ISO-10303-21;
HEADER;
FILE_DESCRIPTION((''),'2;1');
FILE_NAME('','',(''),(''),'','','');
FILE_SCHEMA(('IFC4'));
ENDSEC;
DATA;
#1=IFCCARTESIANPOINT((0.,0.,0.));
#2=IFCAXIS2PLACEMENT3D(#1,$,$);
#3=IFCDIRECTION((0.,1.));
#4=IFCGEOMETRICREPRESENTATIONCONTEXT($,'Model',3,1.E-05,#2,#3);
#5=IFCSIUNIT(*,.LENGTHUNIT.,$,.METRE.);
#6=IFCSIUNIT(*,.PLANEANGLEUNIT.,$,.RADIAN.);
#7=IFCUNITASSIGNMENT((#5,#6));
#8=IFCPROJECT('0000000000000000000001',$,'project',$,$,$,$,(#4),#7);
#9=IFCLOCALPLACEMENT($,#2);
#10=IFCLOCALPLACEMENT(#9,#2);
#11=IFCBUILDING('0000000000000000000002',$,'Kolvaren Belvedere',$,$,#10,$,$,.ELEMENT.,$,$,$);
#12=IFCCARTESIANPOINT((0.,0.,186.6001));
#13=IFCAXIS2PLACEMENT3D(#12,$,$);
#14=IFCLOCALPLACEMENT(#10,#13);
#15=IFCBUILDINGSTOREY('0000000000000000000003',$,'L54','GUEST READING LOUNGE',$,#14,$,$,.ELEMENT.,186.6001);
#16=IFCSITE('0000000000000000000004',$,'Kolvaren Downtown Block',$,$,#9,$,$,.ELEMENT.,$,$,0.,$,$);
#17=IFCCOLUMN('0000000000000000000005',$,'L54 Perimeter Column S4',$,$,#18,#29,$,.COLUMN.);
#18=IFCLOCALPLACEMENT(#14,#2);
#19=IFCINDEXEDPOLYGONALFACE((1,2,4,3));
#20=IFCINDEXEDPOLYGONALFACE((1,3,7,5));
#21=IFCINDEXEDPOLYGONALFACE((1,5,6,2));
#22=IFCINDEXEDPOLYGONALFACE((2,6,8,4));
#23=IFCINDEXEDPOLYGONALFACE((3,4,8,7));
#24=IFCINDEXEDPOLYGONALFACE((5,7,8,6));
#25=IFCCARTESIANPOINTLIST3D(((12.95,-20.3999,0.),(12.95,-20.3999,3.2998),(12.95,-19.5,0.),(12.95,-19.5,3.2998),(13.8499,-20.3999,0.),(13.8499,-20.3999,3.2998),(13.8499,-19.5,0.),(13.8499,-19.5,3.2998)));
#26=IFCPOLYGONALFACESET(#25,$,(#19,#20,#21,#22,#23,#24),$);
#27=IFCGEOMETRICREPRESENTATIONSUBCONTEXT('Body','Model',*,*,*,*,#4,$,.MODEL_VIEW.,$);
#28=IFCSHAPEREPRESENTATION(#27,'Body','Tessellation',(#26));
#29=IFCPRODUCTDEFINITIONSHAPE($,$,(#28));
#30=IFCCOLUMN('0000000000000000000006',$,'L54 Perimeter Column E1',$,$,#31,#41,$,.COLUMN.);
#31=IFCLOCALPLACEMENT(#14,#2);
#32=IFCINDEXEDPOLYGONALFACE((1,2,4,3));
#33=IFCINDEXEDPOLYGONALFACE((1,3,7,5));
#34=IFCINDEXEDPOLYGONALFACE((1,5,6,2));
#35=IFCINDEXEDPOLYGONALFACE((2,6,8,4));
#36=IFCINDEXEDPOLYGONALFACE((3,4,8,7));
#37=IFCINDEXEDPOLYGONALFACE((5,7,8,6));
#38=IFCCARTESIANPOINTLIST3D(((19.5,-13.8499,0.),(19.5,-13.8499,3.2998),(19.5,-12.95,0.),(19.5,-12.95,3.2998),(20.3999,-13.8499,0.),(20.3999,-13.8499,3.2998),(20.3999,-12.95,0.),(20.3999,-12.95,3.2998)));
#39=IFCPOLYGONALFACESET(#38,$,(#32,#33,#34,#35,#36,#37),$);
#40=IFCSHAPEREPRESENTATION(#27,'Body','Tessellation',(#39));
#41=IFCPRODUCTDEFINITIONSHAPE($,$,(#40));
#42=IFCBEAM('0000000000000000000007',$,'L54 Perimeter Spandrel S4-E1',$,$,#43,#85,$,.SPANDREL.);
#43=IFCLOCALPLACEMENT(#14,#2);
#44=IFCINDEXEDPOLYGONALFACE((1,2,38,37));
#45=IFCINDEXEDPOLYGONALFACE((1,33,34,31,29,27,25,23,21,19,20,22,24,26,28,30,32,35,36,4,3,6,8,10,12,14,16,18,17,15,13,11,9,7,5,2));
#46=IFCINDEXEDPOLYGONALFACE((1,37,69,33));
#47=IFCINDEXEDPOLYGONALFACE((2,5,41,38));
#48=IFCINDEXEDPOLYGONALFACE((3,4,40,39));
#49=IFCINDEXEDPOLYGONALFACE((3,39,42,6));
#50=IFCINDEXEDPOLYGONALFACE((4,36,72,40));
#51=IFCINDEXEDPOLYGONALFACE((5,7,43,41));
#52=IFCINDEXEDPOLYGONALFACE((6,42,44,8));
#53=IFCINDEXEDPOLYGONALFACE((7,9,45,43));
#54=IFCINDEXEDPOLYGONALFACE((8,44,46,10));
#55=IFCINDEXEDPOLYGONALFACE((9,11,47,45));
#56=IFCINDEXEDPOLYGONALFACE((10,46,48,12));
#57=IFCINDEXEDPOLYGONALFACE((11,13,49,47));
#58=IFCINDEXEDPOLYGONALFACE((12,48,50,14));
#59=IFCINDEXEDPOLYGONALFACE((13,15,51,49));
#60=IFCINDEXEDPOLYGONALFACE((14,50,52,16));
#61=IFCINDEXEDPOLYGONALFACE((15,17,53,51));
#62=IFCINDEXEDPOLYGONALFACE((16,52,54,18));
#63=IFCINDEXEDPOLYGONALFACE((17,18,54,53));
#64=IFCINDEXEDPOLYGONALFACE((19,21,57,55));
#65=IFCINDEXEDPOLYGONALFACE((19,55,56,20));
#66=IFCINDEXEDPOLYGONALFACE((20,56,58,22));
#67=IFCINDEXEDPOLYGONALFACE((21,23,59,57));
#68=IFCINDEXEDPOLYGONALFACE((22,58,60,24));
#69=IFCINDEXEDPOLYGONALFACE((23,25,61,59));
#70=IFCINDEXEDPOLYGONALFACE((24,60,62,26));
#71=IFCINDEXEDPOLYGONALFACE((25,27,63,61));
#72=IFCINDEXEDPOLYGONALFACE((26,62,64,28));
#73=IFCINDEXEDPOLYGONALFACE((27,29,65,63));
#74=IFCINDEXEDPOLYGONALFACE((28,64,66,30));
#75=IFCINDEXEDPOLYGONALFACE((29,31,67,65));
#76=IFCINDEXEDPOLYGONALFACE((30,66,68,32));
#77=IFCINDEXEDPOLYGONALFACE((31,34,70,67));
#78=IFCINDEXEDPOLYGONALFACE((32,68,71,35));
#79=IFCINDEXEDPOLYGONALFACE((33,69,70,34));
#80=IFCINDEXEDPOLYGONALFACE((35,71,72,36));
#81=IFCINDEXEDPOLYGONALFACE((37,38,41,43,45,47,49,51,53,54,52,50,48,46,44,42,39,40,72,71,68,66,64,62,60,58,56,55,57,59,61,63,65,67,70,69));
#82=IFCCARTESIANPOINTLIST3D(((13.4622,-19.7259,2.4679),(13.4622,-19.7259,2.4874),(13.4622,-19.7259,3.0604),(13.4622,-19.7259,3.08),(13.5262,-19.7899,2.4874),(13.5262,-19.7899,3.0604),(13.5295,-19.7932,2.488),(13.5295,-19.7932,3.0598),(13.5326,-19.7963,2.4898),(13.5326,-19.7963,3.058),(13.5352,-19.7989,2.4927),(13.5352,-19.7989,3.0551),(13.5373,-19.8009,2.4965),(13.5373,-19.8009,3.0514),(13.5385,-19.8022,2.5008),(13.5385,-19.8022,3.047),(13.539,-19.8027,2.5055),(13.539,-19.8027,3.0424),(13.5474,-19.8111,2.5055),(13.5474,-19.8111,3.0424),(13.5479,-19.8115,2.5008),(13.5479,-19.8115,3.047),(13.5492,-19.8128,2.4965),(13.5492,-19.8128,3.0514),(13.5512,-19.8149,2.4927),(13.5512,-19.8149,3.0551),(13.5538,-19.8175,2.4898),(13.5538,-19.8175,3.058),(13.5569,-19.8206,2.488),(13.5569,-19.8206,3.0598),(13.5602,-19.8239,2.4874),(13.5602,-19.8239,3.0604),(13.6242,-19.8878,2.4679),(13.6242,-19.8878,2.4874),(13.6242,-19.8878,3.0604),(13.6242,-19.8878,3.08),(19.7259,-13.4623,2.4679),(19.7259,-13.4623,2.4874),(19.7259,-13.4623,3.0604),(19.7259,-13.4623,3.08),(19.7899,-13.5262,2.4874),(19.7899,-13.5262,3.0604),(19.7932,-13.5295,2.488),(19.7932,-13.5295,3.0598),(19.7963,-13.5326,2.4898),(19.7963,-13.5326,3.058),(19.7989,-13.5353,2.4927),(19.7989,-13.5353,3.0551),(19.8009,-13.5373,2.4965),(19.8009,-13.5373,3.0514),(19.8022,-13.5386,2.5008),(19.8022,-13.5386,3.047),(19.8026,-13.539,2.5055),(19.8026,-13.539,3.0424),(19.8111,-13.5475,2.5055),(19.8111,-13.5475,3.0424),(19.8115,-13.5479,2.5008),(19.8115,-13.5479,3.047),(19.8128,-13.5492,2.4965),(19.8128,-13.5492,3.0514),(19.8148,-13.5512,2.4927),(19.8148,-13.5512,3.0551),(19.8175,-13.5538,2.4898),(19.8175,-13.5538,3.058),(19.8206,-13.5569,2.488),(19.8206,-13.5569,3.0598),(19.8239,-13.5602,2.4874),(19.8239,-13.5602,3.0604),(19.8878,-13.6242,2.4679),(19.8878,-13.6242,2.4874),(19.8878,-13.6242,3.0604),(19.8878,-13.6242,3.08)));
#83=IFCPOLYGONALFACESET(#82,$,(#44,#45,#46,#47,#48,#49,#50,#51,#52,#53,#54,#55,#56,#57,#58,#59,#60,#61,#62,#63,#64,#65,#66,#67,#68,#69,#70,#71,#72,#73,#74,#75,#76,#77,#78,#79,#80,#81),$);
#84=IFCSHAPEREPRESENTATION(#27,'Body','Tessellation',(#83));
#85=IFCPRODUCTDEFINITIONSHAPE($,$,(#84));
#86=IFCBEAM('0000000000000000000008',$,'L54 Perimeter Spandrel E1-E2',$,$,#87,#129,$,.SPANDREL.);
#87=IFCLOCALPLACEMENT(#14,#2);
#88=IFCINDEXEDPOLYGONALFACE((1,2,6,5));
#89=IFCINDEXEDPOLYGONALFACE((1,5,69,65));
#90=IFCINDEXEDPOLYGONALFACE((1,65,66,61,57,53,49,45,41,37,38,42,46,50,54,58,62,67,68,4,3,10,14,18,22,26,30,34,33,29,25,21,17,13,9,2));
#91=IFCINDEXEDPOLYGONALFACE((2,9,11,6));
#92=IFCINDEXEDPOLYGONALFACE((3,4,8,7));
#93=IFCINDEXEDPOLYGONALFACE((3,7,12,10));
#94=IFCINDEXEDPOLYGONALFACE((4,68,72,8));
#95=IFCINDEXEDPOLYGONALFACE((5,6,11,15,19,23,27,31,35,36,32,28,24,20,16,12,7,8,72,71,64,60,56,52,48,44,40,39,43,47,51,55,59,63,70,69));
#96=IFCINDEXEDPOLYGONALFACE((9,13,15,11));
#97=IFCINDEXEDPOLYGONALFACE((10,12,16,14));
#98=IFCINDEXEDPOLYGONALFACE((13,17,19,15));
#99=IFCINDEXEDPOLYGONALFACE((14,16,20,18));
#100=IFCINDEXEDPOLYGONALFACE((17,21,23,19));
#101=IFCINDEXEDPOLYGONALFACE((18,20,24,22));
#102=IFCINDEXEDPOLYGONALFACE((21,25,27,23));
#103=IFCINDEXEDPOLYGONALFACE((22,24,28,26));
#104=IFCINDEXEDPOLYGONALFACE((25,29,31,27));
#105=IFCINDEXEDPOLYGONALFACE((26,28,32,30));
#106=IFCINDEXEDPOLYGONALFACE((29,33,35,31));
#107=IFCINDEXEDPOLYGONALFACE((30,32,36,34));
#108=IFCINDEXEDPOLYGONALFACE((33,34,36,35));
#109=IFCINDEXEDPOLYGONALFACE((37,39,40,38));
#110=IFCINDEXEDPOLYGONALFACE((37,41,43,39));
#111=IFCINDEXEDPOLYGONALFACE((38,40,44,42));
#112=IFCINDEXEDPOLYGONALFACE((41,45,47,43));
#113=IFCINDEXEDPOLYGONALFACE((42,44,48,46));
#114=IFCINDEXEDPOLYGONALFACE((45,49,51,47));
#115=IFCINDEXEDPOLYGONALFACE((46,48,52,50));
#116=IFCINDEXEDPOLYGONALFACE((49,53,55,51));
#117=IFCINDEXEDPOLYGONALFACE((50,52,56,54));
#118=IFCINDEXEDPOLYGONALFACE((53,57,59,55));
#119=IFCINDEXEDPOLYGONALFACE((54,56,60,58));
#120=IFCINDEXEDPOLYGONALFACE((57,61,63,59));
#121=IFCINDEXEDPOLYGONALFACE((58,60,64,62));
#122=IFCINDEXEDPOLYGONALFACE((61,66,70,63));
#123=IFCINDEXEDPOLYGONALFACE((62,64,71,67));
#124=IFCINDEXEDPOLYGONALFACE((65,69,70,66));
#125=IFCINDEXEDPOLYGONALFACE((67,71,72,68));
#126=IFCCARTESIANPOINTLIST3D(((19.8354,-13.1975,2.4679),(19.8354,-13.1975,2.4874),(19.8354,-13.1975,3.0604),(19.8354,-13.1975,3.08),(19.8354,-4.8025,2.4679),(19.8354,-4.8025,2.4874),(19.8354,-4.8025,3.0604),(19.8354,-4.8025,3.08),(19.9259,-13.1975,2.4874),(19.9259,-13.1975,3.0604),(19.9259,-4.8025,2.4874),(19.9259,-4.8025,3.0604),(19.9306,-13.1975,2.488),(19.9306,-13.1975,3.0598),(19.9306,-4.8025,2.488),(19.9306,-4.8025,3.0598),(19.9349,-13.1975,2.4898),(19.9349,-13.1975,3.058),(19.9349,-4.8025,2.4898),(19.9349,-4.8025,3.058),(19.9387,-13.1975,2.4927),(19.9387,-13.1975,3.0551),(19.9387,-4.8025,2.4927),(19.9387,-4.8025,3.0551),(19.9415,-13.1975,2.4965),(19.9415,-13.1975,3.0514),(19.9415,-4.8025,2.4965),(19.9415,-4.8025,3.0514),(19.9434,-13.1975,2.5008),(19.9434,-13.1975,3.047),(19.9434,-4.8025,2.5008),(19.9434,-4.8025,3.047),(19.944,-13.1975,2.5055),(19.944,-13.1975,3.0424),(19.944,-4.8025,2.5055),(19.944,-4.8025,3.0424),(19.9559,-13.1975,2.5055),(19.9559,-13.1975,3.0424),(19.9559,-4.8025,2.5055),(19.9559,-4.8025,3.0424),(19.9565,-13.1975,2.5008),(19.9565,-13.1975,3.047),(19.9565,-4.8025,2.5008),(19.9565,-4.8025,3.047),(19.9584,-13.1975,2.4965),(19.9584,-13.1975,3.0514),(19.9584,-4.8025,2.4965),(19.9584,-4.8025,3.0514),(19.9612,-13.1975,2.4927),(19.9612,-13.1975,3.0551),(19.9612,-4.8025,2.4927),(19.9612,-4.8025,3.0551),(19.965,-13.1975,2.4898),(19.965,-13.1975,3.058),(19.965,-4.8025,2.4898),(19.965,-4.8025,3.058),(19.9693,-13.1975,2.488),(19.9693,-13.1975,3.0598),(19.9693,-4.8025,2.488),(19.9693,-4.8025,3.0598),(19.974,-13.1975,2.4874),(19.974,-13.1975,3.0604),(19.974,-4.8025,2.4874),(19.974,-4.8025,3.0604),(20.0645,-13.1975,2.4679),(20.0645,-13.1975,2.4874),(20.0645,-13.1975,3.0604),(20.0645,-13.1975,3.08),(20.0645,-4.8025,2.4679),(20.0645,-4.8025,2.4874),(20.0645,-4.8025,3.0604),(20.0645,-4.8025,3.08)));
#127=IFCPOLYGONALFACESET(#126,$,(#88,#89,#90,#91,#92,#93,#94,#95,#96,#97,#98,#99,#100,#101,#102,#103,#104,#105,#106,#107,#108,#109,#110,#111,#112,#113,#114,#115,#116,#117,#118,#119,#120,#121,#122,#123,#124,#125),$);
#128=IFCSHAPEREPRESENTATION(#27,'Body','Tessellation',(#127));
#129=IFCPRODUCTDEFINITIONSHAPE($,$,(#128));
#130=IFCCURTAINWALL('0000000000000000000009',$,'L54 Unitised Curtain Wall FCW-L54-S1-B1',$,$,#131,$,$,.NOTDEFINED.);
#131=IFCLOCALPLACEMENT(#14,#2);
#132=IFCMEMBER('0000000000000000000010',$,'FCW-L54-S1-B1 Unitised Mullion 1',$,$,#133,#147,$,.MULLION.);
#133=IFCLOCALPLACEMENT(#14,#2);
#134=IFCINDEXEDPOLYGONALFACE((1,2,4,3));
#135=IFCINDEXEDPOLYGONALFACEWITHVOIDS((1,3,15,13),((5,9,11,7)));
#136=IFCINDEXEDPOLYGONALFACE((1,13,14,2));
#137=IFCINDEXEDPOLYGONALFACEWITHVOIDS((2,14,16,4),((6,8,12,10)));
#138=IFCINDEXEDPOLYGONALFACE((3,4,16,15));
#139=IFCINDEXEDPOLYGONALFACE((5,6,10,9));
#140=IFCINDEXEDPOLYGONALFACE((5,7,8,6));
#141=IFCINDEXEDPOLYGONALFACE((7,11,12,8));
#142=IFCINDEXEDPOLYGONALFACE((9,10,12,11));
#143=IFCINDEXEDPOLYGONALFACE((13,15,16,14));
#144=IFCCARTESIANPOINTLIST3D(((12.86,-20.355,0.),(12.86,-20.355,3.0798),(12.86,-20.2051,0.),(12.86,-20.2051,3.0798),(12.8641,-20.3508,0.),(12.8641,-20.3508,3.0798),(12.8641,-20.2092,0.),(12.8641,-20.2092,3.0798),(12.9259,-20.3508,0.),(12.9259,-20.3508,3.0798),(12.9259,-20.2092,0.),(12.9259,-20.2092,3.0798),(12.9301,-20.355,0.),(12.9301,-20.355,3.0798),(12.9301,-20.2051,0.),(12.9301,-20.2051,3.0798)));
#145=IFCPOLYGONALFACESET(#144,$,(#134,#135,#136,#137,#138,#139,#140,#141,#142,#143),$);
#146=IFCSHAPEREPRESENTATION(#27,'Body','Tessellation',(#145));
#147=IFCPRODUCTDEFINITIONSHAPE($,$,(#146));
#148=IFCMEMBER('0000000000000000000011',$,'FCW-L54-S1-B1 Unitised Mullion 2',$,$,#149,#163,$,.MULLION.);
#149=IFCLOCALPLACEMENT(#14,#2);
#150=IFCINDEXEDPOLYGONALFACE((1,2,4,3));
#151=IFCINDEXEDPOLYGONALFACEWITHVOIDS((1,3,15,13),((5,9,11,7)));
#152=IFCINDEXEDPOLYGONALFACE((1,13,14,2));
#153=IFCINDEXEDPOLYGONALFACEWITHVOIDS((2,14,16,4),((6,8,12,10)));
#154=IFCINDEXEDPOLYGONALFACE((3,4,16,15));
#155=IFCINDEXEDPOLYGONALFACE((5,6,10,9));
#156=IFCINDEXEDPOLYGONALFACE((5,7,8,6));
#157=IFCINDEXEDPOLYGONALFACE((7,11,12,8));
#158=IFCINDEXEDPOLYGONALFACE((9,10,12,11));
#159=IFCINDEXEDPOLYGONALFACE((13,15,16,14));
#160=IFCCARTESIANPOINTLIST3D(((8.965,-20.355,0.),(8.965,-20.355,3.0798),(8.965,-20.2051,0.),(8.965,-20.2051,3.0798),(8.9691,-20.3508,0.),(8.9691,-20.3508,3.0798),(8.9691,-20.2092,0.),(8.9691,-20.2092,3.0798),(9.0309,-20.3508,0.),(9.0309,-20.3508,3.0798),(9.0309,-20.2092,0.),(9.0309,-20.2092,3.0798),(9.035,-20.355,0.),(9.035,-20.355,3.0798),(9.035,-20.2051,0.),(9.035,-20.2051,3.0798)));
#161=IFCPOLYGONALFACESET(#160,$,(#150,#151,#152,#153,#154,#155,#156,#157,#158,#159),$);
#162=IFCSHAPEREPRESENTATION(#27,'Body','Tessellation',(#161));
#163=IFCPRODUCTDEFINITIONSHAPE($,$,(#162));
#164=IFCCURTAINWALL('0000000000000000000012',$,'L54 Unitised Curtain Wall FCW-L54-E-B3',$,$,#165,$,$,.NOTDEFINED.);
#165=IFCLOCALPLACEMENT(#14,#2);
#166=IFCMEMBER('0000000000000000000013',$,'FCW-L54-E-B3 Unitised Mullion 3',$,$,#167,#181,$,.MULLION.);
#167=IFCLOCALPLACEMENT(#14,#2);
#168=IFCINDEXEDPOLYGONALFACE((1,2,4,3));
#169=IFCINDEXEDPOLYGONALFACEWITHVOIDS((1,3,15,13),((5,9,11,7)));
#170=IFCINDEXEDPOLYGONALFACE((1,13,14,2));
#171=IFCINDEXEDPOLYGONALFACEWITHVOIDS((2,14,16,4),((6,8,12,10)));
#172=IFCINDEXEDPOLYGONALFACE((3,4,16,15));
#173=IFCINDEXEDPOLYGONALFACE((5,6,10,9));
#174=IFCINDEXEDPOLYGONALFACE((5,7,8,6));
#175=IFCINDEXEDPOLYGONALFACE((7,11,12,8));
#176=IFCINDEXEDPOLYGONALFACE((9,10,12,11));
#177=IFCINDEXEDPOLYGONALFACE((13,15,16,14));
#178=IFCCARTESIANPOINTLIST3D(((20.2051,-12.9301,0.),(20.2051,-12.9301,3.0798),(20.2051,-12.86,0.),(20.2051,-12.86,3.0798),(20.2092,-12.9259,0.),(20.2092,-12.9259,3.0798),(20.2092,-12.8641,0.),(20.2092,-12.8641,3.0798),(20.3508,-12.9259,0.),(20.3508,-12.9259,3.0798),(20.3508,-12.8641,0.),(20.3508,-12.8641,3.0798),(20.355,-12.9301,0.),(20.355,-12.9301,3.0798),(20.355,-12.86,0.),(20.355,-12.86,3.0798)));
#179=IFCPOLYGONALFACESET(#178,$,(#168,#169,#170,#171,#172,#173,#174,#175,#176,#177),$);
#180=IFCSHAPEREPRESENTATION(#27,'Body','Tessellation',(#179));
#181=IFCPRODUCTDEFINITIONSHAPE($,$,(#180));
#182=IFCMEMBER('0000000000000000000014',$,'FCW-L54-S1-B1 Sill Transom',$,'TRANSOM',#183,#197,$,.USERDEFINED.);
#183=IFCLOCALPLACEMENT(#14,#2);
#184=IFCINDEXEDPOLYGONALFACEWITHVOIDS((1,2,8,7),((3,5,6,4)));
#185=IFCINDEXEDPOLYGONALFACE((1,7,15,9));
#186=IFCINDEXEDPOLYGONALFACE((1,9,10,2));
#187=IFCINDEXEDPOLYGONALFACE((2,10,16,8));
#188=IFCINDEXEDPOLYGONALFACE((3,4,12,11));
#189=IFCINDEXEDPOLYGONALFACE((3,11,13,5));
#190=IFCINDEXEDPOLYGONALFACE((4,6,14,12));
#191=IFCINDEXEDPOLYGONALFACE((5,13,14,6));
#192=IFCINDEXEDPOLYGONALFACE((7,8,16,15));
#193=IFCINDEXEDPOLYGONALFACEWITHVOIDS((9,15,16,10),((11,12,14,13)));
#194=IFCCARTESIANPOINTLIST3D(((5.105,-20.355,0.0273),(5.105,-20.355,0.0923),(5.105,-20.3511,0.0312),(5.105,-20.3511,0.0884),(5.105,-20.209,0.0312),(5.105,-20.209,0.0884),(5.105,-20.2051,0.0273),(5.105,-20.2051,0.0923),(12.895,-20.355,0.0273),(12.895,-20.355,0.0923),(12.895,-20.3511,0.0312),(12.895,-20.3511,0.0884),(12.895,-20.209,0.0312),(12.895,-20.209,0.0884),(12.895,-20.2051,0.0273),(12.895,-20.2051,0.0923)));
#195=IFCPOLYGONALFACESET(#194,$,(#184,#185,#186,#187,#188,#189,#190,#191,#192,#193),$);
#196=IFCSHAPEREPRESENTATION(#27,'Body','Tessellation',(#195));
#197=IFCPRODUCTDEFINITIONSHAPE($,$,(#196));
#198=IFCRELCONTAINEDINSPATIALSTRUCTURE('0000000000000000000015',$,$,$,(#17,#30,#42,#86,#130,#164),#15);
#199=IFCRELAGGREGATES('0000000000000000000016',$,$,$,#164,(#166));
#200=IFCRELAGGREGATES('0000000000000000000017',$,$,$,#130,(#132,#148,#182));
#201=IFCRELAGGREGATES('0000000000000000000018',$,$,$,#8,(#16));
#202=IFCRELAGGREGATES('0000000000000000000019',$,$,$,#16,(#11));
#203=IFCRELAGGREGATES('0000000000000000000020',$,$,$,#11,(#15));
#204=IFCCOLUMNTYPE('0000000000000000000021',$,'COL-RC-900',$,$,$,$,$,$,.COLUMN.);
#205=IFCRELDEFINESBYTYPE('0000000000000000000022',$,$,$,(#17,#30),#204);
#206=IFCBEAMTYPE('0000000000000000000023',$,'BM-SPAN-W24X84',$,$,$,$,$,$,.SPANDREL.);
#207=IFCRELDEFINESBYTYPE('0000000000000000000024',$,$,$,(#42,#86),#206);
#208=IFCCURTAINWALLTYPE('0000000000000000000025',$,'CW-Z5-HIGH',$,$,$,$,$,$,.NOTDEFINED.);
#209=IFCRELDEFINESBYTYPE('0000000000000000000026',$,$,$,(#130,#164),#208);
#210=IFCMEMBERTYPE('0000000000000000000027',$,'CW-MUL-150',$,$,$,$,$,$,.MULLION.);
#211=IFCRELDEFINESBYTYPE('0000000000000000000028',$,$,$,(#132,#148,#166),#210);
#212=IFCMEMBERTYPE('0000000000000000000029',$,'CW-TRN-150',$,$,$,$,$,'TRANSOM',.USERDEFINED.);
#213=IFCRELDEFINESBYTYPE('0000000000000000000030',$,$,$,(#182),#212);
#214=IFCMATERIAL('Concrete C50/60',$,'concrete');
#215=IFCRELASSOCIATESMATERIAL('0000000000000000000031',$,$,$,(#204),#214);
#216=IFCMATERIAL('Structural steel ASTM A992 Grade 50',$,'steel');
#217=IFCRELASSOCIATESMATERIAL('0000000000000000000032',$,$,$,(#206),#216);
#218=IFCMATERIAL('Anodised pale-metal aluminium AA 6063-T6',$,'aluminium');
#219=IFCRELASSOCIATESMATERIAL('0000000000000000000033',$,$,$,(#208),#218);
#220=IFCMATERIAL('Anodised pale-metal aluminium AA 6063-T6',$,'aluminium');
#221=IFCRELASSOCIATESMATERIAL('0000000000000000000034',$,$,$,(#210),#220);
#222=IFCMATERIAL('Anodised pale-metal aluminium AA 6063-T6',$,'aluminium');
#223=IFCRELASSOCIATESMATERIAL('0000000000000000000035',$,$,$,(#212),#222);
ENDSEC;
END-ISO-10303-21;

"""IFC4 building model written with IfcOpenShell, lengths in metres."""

from ifc_helpers import new_model, si_unit, direction, frame, origin, origin_2d, place, context, subcontext, project, spatial, rectangle, hollow_rectangle, i_section, extrude, material, material_profile, profile_set, type_object, element, aggregate, save


model = new_model("IFC4")

# Units and contexts
model_context = context("Model", 3, precision=1e-05, world=origin(), true_north=direction((0.0, 1.0)))
body_context = subcontext(model_context, "Body", "Model", "MODEL_VIEW")
ifc_project = project(units=[si_unit("LENGTHUNIT", "METRE"), si_unit("PLANEANGLEUNIT", "RADIAN")], contexts=[model_context])

# Site, building, storey
site_placement = place(None, origin())
site = spatial("IfcSite", under=ifc_project, at=site_placement, Name="Kolvaren Downtown Block", CompositionType="ELEMENT", RefElevation=0.0)
building_placement = place(site_placement, origin())
building = spatial("IfcBuilding", under=site, at=building_placement, Name="Kolvaren Belvedere", CompositionType="ELEMENT")
storey_placement = place(building_placement, frame((0.0, 0.0, 186.6001)))
storey = spatial("IfcBuildingStorey", under=building, at=storey_placement, Name="L54", Description="GUEST READING LOUNGE", CompositionType="ELEMENT", Elevation=186.6001)

# Columns
ifc_material_1 = material(Name="Concrete C50/60", Category="concrete")
ifc_material_profile_1 = material_profile(ifc_material_1, rectangle(XDim=0.8999, YDim=0.8999, at=origin_2d()), Name="RC 900X900")
ifc_profile_set_1 = profile_set([ifc_material_profile_1], Name="Concrete C50/60")
column_type = type_object("IfcColumnType", Name="COL-RC-900", PredefinedType="COLUMN", material=ifc_profile_set_1)
for number, where, z_axis, x_axis, name in (
    (1, (13.3999, -19.95, 0.0), (0.0, 0.0, 1.0), (1.0, 0.0, 0.0), "L54 Perimeter Column S4"),
    (2, (19.95, -13.3999, 0.0), (0.0, 0.0, 1.0), (1.0, 0.0, 0.0), "L54 Perimeter Column E1"),
):
    element("IfcColumn", number, at=place(storey_placement, frame(where, z_axis=z_axis, x_axis=x_axis)), inside=storey, type_object=column_type, Name=name, PredefinedType="COLUMN", context=body_context, shape_type="SweptSolid", body=[
        extrude(rectangle(XDim=0.8999, YDim=0.8999, at=origin_2d()), origin(), (0.0, 0.0, 1.0), 3.2998),
    ])

# Beams
ifc_material_2 = material(Name="Structural steel ASTM A992 Grade 50", Category="steel")
ifc_material_profile_2 = material_profile(ifc_material_2, i_section(OverallWidth=0.229, OverallDepth=0.6121, WebThickness=0.012, FlangeThickness=0.0195, FilletRadius=0.0181, at=origin_2d()), Name="W24X84")
ifc_profile_set_2 = profile_set([ifc_material_profile_2], Name="Structural steel ASTM A992 Grade 50")
beam_type = type_object("IfcBeamType", Name="BM-SPAN-W24X84", PredefinedType="SPANDREL", material=ifc_profile_set_2)
beam_1_placement = place(storey_placement, frame((13.5432, -19.8069, 2.7739), z_axis=(0.707107, 0.707107, 0.0), x_axis=(-0.707107, 0.707107, 0.0)))
element("IfcBeam", 3, at=beam_1_placement, inside=storey, type_object=beam_type, Name="L54 Perimeter Spandrel S4-E1", PredefinedType="SPANDREL", context=body_context, shape_type="SweptSolid", body=[
    extrude(i_section(OverallWidth=0.229, OverallDepth=0.6121, WebThickness=0.012, FlangeThickness=0.0195, FilletRadius=0.0181, at=origin_2d()), origin(), (0.0, 0.0, 1.0), 8.8582),
])
beam_2_placement = place(storey_placement, frame((19.95, -13.1975, 2.7739), z_axis=(0.0, 1.0, 0.0), x_axis=(-1.0, 0.0, 0.0)))
element("IfcBeam", 4, at=beam_2_placement, inside=storey, type_object=beam_type, Name="L54 Perimeter Spandrel E1-E2", PredefinedType="SPANDREL", context=body_context, shape_type="SweptSolid", body=[
    extrude(i_section(OverallWidth=0.229, OverallDepth=0.6121, WebThickness=0.012, FlangeThickness=0.0195, FilletRadius=0.0181, at=origin_2d()), origin(), (0.0, 0.0, 1.0), 8.395),
])

# Curtain wall, members
ifc_material_3 = material(Name="Anodised pale-metal aluminium AA 6063-T6", Category="aluminium")
curtain_wall_type = type_object("IfcCurtainWallType", Name="CW-Z5-HIGH", PredefinedType="NOTDEFINED", material=ifc_material_3)
curtain_wall_1_placement = place(storey_placement, origin())
curtain_wall_1 = element("IfcCurtainWall", 5, at=curtain_wall_1_placement, inside=storey, type_object=curtain_wall_type, Name="L54 Unitised Curtain Wall FCW-L54-S1-B1", PredefinedType="NOTDEFINED")
ifc_material_4 = material(Name="Anodised pale-metal aluminium AA 6063-T6", Category="aluminium")
ifc_material_profile_3 = material_profile(ifc_material_4, hollow_rectangle(XDim=0.0701, YDim=0.1499, WallThickness=0.0042, at=origin_2d()), Name="ALU-MUL-150X70")
ifc_profile_set_3 = profile_set([ifc_material_profile_3], Name="Anodised pale-metal aluminium AA 6063-T6")
member_type_1 = type_object("IfcMemberType", Name="CW-MUL-150", PredefinedType="MULLION", material=ifc_profile_set_3)
member_1_placement = place(storey_placement, frame((12.895, -20.28, 0.0), z_axis=(0.0, 0.0, 1.0), x_axis=(1.0, 0.0, 0.0)))
member_1 = element("IfcMember", 6, at=member_1_placement, type_object=member_type_1, Name="FCW-L54-S1-B1 Unitised Mullion 1", PredefinedType="MULLION", context=body_context, shape_type="SweptSolid", body=[
    extrude(hollow_rectangle(XDim=0.0701, YDim=0.1499, WallThickness=0.0042, at=origin_2d()), origin(), (0.0, 0.0, 1.0), 3.0798),
])
member_2_placement = place(storey_placement, frame((9.0, -20.28, 0.0), z_axis=(0.0, 0.0, 1.0), x_axis=(1.0, 0.0, 0.0)))
member_2 = element("IfcMember", 7, at=member_2_placement, type_object=member_type_1, Name="FCW-L54-S1-B1 Unitised Mullion 2", PredefinedType="MULLION", context=body_context, shape_type="SweptSolid", body=[
    extrude(hollow_rectangle(XDim=0.0701, YDim=0.1499, WallThickness=0.0042, at=origin_2d()), origin(), (0.0, 0.0, 1.0), 3.0798),
])

# Curtain wall, member
curtain_wall_2_placement = place(storey_placement, origin())
curtain_wall_2 = element("IfcCurtainWall", 8, at=curtain_wall_2_placement, inside=storey, type_object=curtain_wall_type, Name="L54 Unitised Curtain Wall FCW-L54-E-B3", PredefinedType="NOTDEFINED")
member_3_placement = place(storey_placement, frame((20.28, -12.895, 0.0), z_axis=(0.0, 0.0, 1.0), x_axis=(0.0, 1.0, 0.0)))
member_3 = element("IfcMember", 9, at=member_3_placement, type_object=member_type_1, Name="FCW-L54-E-B3 Unitised Mullion 3", PredefinedType="MULLION", context=body_context, shape_type="SweptSolid", body=[
    extrude(hollow_rectangle(XDim=0.0701, YDim=0.1499, WallThickness=0.0042, at=origin_2d()), origin(), (0.0, 0.0, 1.0), 3.0798),
])
aggregate(curtain_wall_2, [member_3])

# Member
ifc_material_5 = material(Name="Anodised pale-metal aluminium AA 6063-T6", Category="aluminium")
ifc_material_profile_4 = material_profile(ifc_material_5, hollow_rectangle(XDim=0.0649, YDim=0.1499, WallThickness=0.0039, at=origin_2d()), Name="ALU-TRN-150X65")
ifc_profile_set_4 = profile_set([ifc_material_profile_4], Name="Anodised pale-metal aluminium AA 6063-T6")
member_type_2 = type_object("IfcMemberType", Name="CW-TRN-150", ElementType="TRANSOM", PredefinedType="USERDEFINED", material=ifc_profile_set_4)
member_4_placement = place(storey_placement, frame((12.895, -20.28, 0.0598), z_axis=(-1.0, 0.0, 0.0), x_axis=(0.0, 0.0, 1.0)))
member_4 = element("IfcMember", 10, at=member_4_placement, type_object=member_type_2, Name="FCW-L54-S1-B1 Sill Transom", ObjectType="TRANSOM", PredefinedType="USERDEFINED", context=body_context, shape_type="SweptSolid", body=[
    extrude(hollow_rectangle(XDim=0.0649, YDim=0.1499, WallThickness=0.0039, at=origin_2d()), origin(), (0.0, 0.0, 1.0), 7.79),
])

aggregate(curtain_wall_1, [member_1, member_2, member_4])

save(model, "model.ifc")
